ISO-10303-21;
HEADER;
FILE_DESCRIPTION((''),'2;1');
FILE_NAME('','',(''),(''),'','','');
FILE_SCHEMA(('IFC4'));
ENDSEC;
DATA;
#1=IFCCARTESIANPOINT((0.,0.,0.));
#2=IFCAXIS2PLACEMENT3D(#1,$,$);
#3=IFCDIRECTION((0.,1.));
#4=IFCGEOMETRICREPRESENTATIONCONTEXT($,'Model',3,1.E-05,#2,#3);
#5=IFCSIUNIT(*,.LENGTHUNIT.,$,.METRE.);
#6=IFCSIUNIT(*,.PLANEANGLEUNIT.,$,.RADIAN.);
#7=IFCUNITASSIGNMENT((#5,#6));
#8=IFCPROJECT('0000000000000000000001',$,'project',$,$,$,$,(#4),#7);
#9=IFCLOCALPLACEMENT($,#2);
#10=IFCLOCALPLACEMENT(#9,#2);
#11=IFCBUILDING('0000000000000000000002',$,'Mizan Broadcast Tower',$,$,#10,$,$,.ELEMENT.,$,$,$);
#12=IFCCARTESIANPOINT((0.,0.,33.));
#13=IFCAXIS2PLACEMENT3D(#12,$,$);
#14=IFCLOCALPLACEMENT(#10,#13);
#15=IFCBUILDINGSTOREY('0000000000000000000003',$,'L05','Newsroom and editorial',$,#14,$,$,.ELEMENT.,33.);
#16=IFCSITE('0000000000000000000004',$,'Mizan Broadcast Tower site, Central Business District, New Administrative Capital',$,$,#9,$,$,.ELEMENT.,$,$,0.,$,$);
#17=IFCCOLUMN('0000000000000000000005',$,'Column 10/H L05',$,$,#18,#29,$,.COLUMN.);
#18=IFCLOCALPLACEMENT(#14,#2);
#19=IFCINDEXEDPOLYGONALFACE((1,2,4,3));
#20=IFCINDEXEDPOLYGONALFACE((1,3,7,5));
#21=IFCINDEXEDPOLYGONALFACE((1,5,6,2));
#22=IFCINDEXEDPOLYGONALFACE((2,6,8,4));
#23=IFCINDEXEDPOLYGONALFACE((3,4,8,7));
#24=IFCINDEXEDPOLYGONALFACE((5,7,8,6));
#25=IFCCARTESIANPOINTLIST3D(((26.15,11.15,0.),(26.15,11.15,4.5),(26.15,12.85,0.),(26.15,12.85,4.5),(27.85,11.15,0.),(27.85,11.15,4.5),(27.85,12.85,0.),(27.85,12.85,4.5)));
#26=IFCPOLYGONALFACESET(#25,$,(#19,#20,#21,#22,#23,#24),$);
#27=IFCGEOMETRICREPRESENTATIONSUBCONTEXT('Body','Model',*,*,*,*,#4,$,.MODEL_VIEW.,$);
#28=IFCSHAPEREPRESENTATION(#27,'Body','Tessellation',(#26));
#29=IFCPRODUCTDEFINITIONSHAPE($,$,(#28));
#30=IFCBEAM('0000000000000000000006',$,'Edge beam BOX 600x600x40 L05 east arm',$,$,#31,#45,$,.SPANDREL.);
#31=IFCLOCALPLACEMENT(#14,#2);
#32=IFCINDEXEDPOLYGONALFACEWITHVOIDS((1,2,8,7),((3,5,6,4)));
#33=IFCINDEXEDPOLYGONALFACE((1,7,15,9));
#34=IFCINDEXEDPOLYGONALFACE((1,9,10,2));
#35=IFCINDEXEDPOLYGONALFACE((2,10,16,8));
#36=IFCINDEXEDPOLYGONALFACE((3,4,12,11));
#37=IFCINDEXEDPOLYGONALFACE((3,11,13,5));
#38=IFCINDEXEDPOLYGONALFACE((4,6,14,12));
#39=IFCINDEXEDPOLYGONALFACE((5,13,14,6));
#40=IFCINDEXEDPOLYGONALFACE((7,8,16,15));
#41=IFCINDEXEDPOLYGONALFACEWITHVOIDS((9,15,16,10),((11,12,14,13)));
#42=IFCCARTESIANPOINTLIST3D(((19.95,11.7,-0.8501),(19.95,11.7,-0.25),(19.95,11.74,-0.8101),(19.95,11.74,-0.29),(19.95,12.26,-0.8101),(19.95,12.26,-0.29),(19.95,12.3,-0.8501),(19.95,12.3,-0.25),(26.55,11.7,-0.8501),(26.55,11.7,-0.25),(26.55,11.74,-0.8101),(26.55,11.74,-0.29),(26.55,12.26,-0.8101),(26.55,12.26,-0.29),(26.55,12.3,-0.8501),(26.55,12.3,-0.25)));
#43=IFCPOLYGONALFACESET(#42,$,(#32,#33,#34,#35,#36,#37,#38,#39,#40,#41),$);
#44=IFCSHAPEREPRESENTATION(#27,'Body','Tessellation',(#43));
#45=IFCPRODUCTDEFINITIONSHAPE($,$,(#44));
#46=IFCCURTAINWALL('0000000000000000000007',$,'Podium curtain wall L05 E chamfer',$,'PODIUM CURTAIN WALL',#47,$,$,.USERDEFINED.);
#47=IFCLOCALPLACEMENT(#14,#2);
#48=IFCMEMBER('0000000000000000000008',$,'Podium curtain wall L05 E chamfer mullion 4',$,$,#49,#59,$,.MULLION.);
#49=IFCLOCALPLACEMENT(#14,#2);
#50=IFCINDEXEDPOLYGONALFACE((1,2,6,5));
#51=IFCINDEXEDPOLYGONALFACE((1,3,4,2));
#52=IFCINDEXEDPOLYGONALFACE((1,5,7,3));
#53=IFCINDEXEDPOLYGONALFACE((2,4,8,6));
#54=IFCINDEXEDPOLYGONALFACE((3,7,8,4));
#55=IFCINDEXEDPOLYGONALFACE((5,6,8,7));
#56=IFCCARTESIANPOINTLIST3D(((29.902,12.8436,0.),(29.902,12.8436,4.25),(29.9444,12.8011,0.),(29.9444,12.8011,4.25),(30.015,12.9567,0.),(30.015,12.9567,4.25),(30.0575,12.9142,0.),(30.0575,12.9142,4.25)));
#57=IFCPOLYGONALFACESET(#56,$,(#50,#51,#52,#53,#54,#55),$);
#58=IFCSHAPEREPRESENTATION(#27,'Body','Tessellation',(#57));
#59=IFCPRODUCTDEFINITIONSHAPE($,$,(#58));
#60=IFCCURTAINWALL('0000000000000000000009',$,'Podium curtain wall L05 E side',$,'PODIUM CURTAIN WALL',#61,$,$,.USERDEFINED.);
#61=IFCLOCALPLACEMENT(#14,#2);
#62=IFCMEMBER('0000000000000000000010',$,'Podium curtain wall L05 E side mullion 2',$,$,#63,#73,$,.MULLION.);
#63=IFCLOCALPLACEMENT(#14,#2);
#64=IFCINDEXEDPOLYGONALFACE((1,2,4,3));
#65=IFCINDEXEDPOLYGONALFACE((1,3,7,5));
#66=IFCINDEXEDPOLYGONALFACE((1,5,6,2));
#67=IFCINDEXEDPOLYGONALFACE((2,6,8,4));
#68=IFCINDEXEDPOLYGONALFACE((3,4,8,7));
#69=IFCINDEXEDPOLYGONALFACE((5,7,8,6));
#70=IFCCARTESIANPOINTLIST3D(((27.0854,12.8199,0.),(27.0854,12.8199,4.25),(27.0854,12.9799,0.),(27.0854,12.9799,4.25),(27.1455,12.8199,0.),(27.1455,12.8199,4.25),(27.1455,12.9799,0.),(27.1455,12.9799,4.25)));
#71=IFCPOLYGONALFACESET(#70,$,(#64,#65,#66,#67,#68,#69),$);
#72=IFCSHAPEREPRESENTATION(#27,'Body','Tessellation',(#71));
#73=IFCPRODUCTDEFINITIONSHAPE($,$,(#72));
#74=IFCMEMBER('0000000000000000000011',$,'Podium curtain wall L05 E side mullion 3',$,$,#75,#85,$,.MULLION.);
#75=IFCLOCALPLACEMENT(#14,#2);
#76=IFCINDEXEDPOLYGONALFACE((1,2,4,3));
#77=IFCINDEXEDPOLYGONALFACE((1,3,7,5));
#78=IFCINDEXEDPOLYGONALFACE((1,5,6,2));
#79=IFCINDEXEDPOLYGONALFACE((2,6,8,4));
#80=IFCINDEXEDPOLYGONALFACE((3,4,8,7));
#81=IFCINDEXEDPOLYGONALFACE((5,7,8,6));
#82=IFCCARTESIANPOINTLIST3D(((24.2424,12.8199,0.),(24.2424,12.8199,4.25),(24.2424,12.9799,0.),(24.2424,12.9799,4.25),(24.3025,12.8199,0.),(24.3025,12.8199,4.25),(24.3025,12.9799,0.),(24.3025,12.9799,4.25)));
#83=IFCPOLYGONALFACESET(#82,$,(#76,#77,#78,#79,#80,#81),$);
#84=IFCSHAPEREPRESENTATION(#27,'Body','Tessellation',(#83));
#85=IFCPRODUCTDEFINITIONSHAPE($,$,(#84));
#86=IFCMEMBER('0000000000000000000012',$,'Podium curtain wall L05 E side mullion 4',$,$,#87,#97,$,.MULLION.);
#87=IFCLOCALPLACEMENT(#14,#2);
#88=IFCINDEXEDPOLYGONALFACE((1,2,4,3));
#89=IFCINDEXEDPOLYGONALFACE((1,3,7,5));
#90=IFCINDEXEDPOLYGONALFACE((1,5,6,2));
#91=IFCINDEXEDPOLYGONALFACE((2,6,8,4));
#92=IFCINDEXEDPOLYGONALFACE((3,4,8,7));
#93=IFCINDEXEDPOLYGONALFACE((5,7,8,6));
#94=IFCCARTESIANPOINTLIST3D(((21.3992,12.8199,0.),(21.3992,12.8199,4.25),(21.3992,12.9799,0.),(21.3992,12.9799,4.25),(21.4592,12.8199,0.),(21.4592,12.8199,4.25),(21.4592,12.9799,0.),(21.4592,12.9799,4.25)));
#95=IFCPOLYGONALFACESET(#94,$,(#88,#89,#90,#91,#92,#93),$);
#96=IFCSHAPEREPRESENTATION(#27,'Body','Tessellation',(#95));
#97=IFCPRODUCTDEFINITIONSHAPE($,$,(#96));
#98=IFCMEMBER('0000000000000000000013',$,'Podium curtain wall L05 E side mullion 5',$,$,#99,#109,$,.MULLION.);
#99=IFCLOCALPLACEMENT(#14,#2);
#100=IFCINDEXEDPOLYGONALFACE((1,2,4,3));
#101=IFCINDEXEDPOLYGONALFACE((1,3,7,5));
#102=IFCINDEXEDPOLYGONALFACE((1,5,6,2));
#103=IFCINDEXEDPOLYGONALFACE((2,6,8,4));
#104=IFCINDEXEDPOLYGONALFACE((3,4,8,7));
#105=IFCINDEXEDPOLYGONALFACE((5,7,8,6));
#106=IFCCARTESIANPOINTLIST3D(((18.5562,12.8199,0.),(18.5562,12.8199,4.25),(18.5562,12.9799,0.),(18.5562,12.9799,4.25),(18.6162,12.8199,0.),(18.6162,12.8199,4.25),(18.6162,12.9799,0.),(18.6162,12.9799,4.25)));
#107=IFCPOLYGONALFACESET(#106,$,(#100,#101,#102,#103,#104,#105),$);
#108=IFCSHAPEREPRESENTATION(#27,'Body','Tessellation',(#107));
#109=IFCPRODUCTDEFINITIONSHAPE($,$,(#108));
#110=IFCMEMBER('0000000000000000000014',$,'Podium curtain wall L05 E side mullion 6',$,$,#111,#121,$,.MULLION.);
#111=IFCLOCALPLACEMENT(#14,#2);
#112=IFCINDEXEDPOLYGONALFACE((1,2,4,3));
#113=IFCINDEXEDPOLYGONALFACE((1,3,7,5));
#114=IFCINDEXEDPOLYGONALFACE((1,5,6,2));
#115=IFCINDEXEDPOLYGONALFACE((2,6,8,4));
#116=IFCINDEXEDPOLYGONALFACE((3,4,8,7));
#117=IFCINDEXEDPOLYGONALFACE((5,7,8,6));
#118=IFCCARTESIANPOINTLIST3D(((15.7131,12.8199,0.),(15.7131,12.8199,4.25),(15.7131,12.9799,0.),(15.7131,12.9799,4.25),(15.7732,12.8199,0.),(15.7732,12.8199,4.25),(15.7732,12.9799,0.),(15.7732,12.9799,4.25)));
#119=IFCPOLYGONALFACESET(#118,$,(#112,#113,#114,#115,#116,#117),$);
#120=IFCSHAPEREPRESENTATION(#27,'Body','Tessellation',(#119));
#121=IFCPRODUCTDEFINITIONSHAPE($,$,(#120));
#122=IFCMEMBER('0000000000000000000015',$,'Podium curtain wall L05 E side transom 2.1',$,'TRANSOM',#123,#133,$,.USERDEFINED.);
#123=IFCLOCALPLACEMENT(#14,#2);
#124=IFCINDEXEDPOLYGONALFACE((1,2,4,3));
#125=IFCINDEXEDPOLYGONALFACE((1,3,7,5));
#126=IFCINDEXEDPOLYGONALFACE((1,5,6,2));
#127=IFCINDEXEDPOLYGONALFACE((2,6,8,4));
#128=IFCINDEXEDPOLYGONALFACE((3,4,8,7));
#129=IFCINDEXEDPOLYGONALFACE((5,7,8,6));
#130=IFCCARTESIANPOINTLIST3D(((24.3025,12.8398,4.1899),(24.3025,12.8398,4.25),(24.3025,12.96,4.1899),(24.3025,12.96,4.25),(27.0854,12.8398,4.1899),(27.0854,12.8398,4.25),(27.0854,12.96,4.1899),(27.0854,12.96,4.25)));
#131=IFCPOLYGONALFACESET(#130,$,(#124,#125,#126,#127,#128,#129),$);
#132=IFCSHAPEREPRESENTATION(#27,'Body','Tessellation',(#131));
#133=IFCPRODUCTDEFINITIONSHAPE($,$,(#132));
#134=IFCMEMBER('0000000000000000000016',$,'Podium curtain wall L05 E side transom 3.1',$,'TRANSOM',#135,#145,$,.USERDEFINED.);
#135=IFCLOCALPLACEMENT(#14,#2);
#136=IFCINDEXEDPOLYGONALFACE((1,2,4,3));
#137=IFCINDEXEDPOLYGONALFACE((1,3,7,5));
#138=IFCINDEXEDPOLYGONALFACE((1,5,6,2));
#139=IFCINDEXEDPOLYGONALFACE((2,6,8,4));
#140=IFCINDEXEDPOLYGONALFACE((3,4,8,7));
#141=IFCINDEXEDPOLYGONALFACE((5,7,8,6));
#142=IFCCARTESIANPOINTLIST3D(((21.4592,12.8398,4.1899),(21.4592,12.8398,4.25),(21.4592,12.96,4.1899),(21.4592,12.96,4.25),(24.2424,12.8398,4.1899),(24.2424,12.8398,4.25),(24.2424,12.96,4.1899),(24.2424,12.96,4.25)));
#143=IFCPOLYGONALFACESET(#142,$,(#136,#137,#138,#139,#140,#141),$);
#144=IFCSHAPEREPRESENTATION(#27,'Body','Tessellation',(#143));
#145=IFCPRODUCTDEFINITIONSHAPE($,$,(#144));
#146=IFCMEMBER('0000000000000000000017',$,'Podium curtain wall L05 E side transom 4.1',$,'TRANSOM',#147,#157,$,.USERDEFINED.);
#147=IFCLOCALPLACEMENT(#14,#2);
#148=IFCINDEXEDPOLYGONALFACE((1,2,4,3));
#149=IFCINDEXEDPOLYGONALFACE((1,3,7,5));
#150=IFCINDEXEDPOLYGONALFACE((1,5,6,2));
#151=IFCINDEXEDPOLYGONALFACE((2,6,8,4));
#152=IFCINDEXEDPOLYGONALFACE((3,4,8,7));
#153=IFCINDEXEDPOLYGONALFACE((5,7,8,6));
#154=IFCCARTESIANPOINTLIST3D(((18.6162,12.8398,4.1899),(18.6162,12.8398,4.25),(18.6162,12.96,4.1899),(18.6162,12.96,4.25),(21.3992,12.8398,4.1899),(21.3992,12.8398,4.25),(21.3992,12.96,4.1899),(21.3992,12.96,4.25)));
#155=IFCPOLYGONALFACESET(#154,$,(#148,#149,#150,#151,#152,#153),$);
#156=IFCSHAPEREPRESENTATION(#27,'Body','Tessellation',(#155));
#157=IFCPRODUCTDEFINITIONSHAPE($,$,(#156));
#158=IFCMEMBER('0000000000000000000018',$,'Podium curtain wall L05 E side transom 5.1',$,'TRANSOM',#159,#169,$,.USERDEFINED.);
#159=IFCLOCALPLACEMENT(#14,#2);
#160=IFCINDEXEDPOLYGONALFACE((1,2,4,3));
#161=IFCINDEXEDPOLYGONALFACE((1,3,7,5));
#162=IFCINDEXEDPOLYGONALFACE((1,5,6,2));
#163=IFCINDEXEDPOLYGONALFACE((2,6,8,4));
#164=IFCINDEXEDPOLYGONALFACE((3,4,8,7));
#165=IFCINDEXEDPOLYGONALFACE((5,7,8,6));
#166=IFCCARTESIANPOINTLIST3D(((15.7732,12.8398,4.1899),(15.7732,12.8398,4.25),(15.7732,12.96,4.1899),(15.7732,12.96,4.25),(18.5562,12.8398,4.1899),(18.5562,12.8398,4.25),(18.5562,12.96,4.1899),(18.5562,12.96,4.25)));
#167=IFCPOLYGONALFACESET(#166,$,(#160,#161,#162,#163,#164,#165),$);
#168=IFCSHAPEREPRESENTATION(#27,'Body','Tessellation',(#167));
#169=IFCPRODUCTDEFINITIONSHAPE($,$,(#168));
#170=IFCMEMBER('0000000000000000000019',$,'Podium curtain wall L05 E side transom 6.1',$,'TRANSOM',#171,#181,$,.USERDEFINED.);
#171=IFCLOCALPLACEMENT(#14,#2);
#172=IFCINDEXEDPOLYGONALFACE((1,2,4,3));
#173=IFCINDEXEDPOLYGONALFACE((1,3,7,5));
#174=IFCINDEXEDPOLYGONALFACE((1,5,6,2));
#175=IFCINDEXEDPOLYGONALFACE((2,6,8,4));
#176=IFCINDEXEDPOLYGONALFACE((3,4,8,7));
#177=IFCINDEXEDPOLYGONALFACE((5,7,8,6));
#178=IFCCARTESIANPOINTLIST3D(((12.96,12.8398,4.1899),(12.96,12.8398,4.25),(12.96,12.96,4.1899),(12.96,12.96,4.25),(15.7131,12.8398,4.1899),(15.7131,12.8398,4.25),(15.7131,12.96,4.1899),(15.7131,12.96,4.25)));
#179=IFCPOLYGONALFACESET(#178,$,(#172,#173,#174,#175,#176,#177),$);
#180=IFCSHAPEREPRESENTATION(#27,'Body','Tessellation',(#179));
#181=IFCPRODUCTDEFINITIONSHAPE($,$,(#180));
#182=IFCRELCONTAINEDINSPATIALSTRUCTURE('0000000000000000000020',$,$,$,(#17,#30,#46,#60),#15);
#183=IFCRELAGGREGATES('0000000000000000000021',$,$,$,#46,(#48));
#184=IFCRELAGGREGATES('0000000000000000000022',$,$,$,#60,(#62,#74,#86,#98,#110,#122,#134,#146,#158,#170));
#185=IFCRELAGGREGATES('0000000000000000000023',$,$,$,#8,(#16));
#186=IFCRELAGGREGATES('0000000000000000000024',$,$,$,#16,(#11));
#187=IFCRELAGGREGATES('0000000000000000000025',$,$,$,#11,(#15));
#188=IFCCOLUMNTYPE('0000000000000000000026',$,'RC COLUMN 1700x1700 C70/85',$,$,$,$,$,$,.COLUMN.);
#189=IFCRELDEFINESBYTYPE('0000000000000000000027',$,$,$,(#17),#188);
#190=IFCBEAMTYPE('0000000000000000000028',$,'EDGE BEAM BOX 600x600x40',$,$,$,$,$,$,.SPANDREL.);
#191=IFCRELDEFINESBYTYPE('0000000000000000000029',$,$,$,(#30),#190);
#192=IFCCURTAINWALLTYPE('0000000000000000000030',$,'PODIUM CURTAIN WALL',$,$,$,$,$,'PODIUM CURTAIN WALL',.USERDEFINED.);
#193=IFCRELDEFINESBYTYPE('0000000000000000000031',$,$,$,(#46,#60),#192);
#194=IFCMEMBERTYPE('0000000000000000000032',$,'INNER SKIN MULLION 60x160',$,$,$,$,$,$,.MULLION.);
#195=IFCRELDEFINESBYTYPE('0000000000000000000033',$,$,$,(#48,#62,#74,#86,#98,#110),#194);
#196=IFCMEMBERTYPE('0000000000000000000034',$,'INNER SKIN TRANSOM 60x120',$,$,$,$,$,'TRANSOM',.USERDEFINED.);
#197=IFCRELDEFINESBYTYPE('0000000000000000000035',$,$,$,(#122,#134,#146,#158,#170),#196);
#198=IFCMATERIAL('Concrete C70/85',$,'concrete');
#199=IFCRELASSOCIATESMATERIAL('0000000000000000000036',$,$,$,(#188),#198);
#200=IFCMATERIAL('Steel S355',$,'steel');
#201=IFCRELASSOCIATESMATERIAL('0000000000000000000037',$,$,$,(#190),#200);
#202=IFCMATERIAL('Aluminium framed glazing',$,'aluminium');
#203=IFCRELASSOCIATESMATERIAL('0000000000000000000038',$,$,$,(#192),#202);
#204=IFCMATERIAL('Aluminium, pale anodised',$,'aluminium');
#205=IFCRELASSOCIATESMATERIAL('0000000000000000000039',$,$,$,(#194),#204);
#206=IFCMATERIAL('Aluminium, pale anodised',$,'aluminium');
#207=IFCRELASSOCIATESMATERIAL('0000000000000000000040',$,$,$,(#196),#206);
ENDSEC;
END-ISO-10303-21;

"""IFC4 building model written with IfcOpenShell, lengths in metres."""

from ifc_helpers import new_model, si_unit, direction, frame, origin, origin_2d, place, context, subcontext, project, spatial, rectangle, hollow_rectangle, extrude, material, material_profile, profile_set, type_object, element, aggregate, save


model = new_model("IFC4")

# Units and contexts
model_context = context("Model", 3, precision=1e-05, world=origin(), true_north=direction((0.0, 1.0)))
body_context = subcontext(model_context, "Body", "Model", "MODEL_VIEW")
ifc_project = project(units=[si_unit("LENGTHUNIT", "METRE"), si_unit("PLANEANGLEUNIT", "RADIAN")], contexts=[model_context])

# Site, building, storey
site_placement = place(None, origin())
site = spatial("IfcSite", under=ifc_project, at=site_placement, Name="Mizan Broadcast Tower site, Central Business District, New Administrative Capital", CompositionType="ELEMENT", RefElevation=0.0)
building_placement = place(site_placement, origin())
building = spatial("IfcBuilding", under=site, at=building_placement, Name="Mizan Broadcast Tower", CompositionType="ELEMENT")
storey_placement = place(building_placement, frame((0.0, 0.0, 33.0)))
storey = spatial("IfcBuildingStorey", under=building, at=storey_placement, Name="L05", Description="Newsroom and editorial", CompositionType="ELEMENT", Elevation=33.0)

# Column
ifc_material_1 = material(Name="Concrete C70/85", Category="concrete")
ifc_material_profile_1 = material_profile(ifc_material_1, rectangle(XDim=1.7, YDim=1.7, at=origin_2d()), Name="RC 1700x1700")
ifc_profile_set_1 = profile_set([ifc_material_profile_1], Name="Concrete C70/85")
column_type = type_object("IfcColumnType", Name="RC COLUMN 1700x1700 C70/85", PredefinedType="COLUMN", material=ifc_profile_set_1)
column_placement = place(storey_placement, frame((27.0, 12.0, 0.0), z_axis=(0.0, 0.0, 1.0), x_axis=(1.0, 0.0, 0.0)))
element("IfcColumn", 1, at=column_placement, inside=storey, type_object=column_type, Name="Column 10/H L05", PredefinedType="COLUMN", context=body_context, shape_type="SweptSolid", body=[
    extrude(rectangle(XDim=1.7, YDim=1.7, at=origin_2d()), origin(), (0.0, 0.0, 1.0), 4.5),
])

# Beam
ifc_material_2 = material(Name="Steel S355", Category="steel")
ifc_material_profile_2 = material_profile(ifc_material_2, hollow_rectangle(XDim=0.6001, YDim=0.6001, WallThickness=0.04, at=origin_2d()), Name="BOX 600x600x40")
ifc_profile_set_2 = profile_set([ifc_material_profile_2], Name="Steel S355")
beam_type = type_object("IfcBeamType", Name="EDGE BEAM BOX 600x600x40", PredefinedType="SPANDREL", material=ifc_profile_set_2)
beam_placement = place(storey_placement, frame((19.95, 12.0, -0.55), z_axis=(1.0, 0.0, 0.0), x_axis=(0.0, 1.0, 0.0)))
element("IfcBeam", 2, at=beam_placement, inside=storey, type_object=beam_type, Name="Edge beam BOX 600x600x40 L05 east arm", PredefinedType="SPANDREL", context=body_context, shape_type="SweptSolid", body=[
    extrude(hollow_rectangle(XDim=0.6001, YDim=0.6001, WallThickness=0.04, at=origin_2d()), origin(), (0.0, 0.0, 1.0), 6.6001),
])

# Curtain wall, member
ifc_material_3 = material(Name="Aluminium framed glazing", Category="aluminium")
curtain_wall_type_1 = type_object("IfcCurtainWallType", Name="PODIUM CURTAIN WALL", ElementType="PODIUM CURTAIN WALL", PredefinedType="USERDEFINED", material=ifc_material_3)
curtain_wall_1_placement = place(storey_placement, origin())
curtain_wall_1 = element("IfcCurtainWall", 3, at=curtain_wall_1_placement, inside=storey, type_object=curtain_wall_type_1, Name="Podium curtain wall L05 E chamfer", ObjectType="PODIUM CURTAIN WALL", PredefinedType="USERDEFINED")
ifc_material_4 = material(Name="Aluminium, pale anodised", Category="aluminium")
ifc_material_profile_3 = material_profile(ifc_material_4, rectangle(XDim=0.1599, YDim=0.0601, at=origin_2d()), Name="MULLION 160x60")
ifc_profile_set_3 = profile_set([ifc_material_profile_3], Name="Aluminium, pale anodised")
member_type_1 = type_object("IfcMemberType", Name="INNER SKIN MULLION 60x160", PredefinedType="MULLION", material=ifc_profile_set_3)
member_1_placement = place(storey_placement, frame((29.9797, 12.8789, 0.0), z_axis=(0.0, 0.0, 1.0), x_axis=(-0.707107, -0.707107, 0.0)))
member_1 = element("IfcMember", 4, at=member_1_placement, type_object=member_type_1, Name="Podium curtain wall L05 E chamfer mullion 4", PredefinedType="MULLION", context=body_context, shape_type="SweptSolid", body=[
    extrude(rectangle(XDim=0.1599, YDim=0.0601, at=origin_2d()), origin(), (0.0, 0.0, 1.0), 4.25),
])
aggregate(curtain_wall_1, [member_1])

# Curtain wall, members
curtain_wall_2_placement = place(storey_placement, origin())
curtain_wall_2 = element("IfcCurtainWall", 5, at=curtain_wall_2_placement, inside=storey, type_object=curtain_wall_type_1, Name="Podium curtain wall L05 E side", ObjectType="PODIUM CURTAIN WALL", PredefinedType="USERDEFINED")
member_2_placement = place(storey_placement, frame((27.1155, 12.8999, 0.0), z_axis=(0.0, 0.0, 1.0), x_axis=(0.0, -1.0, 0.0)))
member_2 = element("IfcMember", 6, at=member_2_placement, type_object=member_type_1, Name="Podium curtain wall L05 E side mullion 2", PredefinedType="MULLION", context=body_context, shape_type="SweptSolid", body=[
    extrude(rectangle(XDim=0.1599, YDim=0.0601, at=origin_2d()), origin(), (0.0, 0.0, 1.0), 4.25),
])
member_3_placement = place(storey_placement, frame((24.2725, 12.8999, 0.0), z_axis=(0.0, 0.0, 1.0), x_axis=(0.0, -1.0, 0.0)))
member_3 = element("IfcMember", 7, at=member_3_placement, type_object=member_type_1, Name="Podium curtain wall L05 E side mullion 3", PredefinedType="MULLION", context=body_context, shape_type="SweptSolid", body=[
    extrude(rectangle(XDim=0.1599, YDim=0.0601, at=origin_2d()), origin(), (0.0, 0.0, 1.0), 4.25),
])
member_4_placement = place(storey_placement, frame((21.4292, 12.8999, 0.0), z_axis=(0.0, 0.0, 1.0), x_axis=(0.0, -1.0, 0.0)))
member_4 = element("IfcMember", 8, at=member_4_placement, type_object=member_type_1, Name="Podium curtain wall L05 E side mullion 4", PredefinedType="MULLION", context=body_context, shape_type="SweptSolid", body=[
    extrude(rectangle(XDim=0.1599, YDim=0.0601, at=origin_2d()), origin(), (0.0, 0.0, 1.0), 4.25),
])
member_5_placement = place(storey_placement, frame((18.5862, 12.8999, 0.0), z_axis=(0.0, 0.0, 1.0), x_axis=(0.0, -1.0, 0.0)))
member_5 = element("IfcMember", 9, at=member_5_placement, type_object=member_type_1, Name="Podium curtain wall L05 E side mullion 5", PredefinedType="MULLION", context=body_context, shape_type="SweptSolid", body=[
    extrude(rectangle(XDim=0.1599, YDim=0.0601, at=origin_2d()), origin(), (0.0, 0.0, 1.0), 4.25),
])
member_6_placement = place(storey_placement, frame((15.7432, 12.8999, 0.0), z_axis=(0.0, 0.0, 1.0), x_axis=(0.0, -1.0, 0.0)))
member_6 = element("IfcMember", 10, at=member_6_placement, type_object=member_type_1, Name="Podium curtain wall L05 E side mullion 6", PredefinedType="MULLION", context=body_context, shape_type="SweptSolid", body=[
    extrude(rectangle(XDim=0.1599, YDim=0.0601, at=origin_2d()), origin(), (0.0, 0.0, 1.0), 4.25),
])
ifc_material_5 = material(Name="Aluminium, pale anodised", Category="aluminium")
ifc_material_profile_4 = material_profile(ifc_material_5, rectangle(XDim=0.1201, YDim=0.0601, at=origin_2d()), Name="TRANSOM 120x60")
ifc_profile_set_4 = profile_set([ifc_material_profile_4], Name="Aluminium, pale anodised")
member_type_2 = type_object("IfcMemberType", Name="INNER SKIN TRANSOM 60x120", ElementType="TRANSOM", PredefinedType="USERDEFINED", material=ifc_profile_set_4)
member_7_placement = place(storey_placement, frame((27.0854, 12.8999, 4.22), z_axis=(-1.0, 0.0, 0.0), x_axis=(0.0, -1.0, 0.0)))
member_7 = element("IfcMember", 11, at=member_7_placement, type_object=member_type_2, Name="Podium curtain wall L05 E side transom 2.1", ObjectType="TRANSOM", PredefinedType="USERDEFINED", context=body_context, shape_type="SweptSolid", body=[
    extrude(rectangle(XDim=0.1201, YDim=0.0601, at=origin_2d()), origin(), (0.0, 0.0, 1.0), 2.783),
])
member_8_placement = place(storey_placement, frame((24.2424, 12.8999, 4.22), z_axis=(-1.0, 0.0, 0.0), x_axis=(0.0, -1.0, 0.0)))
member_8 = element("IfcMember", 12, at=member_8_placement, type_object=member_type_2, Name="Podium curtain wall L05 E side transom 3.1", ObjectType="TRANSOM", PredefinedType="USERDEFINED", context=body_context, shape_type="SweptSolid", body=[
    extrude(rectangle(XDim=0.1201, YDim=0.0601, at=origin_2d()), origin(), (0.0, 0.0, 1.0), 2.7832),
])
member_9_placement = place(storey_placement, frame((21.3992, 12.8999, 4.22), z_axis=(-1.0, 0.0, 0.0), x_axis=(0.0, -1.0, 0.0)))
member_9 = element("IfcMember", 13, at=member_9_placement, type_object=member_type_2, Name="Podium curtain wall L05 E side transom 4.1", ObjectType="TRANSOM", PredefinedType="USERDEFINED", context=body_context, shape_type="SweptSolid", body=[
    extrude(rectangle(XDim=0.1201, YDim=0.0601, at=origin_2d()), origin(), (0.0, 0.0, 1.0), 2.783),
])
member_10_placement = place(storey_placement, frame((18.5562, 12.8999, 4.22), z_axis=(-1.0, 0.0, 0.0), x_axis=(0.0, -1.0, 0.0)))
member_10 = element("IfcMember", 14, at=member_10_placement, type_object=member_type_2, Name="Podium curtain wall L05 E side transom 5.1", ObjectType="TRANSOM", PredefinedType="USERDEFINED", context=body_context, shape_type="SweptSolid", body=[
    extrude(rectangle(XDim=0.1201, YDim=0.0601, at=origin_2d()), origin(), (0.0, 0.0, 1.0), 2.783),
])
member_11_placement = place(storey_placement, frame((15.7131, 12.8999, 4.22), z_axis=(-1.0, 0.0, 0.0), x_axis=(0.0, -1.0, 0.0)))
member_11 = element("IfcMember", 15, at=member_11_placement, type_object=member_type_2, Name="Podium curtain wall L05 E side transom 6.1", ObjectType="TRANSOM", PredefinedType="USERDEFINED", context=body_context, shape_type="SweptSolid", body=[
    extrude(rectangle(XDim=0.1201, YDim=0.0601, at=origin_2d()), origin(), (0.0, 0.0, 1.0), 2.7532),
])

aggregate(curtain_wall_2, [member_2, member_3, member_4, member_5, member_6, member_7, member_8, member_9, member_10, member_11])

save(model, "model.ifc")
